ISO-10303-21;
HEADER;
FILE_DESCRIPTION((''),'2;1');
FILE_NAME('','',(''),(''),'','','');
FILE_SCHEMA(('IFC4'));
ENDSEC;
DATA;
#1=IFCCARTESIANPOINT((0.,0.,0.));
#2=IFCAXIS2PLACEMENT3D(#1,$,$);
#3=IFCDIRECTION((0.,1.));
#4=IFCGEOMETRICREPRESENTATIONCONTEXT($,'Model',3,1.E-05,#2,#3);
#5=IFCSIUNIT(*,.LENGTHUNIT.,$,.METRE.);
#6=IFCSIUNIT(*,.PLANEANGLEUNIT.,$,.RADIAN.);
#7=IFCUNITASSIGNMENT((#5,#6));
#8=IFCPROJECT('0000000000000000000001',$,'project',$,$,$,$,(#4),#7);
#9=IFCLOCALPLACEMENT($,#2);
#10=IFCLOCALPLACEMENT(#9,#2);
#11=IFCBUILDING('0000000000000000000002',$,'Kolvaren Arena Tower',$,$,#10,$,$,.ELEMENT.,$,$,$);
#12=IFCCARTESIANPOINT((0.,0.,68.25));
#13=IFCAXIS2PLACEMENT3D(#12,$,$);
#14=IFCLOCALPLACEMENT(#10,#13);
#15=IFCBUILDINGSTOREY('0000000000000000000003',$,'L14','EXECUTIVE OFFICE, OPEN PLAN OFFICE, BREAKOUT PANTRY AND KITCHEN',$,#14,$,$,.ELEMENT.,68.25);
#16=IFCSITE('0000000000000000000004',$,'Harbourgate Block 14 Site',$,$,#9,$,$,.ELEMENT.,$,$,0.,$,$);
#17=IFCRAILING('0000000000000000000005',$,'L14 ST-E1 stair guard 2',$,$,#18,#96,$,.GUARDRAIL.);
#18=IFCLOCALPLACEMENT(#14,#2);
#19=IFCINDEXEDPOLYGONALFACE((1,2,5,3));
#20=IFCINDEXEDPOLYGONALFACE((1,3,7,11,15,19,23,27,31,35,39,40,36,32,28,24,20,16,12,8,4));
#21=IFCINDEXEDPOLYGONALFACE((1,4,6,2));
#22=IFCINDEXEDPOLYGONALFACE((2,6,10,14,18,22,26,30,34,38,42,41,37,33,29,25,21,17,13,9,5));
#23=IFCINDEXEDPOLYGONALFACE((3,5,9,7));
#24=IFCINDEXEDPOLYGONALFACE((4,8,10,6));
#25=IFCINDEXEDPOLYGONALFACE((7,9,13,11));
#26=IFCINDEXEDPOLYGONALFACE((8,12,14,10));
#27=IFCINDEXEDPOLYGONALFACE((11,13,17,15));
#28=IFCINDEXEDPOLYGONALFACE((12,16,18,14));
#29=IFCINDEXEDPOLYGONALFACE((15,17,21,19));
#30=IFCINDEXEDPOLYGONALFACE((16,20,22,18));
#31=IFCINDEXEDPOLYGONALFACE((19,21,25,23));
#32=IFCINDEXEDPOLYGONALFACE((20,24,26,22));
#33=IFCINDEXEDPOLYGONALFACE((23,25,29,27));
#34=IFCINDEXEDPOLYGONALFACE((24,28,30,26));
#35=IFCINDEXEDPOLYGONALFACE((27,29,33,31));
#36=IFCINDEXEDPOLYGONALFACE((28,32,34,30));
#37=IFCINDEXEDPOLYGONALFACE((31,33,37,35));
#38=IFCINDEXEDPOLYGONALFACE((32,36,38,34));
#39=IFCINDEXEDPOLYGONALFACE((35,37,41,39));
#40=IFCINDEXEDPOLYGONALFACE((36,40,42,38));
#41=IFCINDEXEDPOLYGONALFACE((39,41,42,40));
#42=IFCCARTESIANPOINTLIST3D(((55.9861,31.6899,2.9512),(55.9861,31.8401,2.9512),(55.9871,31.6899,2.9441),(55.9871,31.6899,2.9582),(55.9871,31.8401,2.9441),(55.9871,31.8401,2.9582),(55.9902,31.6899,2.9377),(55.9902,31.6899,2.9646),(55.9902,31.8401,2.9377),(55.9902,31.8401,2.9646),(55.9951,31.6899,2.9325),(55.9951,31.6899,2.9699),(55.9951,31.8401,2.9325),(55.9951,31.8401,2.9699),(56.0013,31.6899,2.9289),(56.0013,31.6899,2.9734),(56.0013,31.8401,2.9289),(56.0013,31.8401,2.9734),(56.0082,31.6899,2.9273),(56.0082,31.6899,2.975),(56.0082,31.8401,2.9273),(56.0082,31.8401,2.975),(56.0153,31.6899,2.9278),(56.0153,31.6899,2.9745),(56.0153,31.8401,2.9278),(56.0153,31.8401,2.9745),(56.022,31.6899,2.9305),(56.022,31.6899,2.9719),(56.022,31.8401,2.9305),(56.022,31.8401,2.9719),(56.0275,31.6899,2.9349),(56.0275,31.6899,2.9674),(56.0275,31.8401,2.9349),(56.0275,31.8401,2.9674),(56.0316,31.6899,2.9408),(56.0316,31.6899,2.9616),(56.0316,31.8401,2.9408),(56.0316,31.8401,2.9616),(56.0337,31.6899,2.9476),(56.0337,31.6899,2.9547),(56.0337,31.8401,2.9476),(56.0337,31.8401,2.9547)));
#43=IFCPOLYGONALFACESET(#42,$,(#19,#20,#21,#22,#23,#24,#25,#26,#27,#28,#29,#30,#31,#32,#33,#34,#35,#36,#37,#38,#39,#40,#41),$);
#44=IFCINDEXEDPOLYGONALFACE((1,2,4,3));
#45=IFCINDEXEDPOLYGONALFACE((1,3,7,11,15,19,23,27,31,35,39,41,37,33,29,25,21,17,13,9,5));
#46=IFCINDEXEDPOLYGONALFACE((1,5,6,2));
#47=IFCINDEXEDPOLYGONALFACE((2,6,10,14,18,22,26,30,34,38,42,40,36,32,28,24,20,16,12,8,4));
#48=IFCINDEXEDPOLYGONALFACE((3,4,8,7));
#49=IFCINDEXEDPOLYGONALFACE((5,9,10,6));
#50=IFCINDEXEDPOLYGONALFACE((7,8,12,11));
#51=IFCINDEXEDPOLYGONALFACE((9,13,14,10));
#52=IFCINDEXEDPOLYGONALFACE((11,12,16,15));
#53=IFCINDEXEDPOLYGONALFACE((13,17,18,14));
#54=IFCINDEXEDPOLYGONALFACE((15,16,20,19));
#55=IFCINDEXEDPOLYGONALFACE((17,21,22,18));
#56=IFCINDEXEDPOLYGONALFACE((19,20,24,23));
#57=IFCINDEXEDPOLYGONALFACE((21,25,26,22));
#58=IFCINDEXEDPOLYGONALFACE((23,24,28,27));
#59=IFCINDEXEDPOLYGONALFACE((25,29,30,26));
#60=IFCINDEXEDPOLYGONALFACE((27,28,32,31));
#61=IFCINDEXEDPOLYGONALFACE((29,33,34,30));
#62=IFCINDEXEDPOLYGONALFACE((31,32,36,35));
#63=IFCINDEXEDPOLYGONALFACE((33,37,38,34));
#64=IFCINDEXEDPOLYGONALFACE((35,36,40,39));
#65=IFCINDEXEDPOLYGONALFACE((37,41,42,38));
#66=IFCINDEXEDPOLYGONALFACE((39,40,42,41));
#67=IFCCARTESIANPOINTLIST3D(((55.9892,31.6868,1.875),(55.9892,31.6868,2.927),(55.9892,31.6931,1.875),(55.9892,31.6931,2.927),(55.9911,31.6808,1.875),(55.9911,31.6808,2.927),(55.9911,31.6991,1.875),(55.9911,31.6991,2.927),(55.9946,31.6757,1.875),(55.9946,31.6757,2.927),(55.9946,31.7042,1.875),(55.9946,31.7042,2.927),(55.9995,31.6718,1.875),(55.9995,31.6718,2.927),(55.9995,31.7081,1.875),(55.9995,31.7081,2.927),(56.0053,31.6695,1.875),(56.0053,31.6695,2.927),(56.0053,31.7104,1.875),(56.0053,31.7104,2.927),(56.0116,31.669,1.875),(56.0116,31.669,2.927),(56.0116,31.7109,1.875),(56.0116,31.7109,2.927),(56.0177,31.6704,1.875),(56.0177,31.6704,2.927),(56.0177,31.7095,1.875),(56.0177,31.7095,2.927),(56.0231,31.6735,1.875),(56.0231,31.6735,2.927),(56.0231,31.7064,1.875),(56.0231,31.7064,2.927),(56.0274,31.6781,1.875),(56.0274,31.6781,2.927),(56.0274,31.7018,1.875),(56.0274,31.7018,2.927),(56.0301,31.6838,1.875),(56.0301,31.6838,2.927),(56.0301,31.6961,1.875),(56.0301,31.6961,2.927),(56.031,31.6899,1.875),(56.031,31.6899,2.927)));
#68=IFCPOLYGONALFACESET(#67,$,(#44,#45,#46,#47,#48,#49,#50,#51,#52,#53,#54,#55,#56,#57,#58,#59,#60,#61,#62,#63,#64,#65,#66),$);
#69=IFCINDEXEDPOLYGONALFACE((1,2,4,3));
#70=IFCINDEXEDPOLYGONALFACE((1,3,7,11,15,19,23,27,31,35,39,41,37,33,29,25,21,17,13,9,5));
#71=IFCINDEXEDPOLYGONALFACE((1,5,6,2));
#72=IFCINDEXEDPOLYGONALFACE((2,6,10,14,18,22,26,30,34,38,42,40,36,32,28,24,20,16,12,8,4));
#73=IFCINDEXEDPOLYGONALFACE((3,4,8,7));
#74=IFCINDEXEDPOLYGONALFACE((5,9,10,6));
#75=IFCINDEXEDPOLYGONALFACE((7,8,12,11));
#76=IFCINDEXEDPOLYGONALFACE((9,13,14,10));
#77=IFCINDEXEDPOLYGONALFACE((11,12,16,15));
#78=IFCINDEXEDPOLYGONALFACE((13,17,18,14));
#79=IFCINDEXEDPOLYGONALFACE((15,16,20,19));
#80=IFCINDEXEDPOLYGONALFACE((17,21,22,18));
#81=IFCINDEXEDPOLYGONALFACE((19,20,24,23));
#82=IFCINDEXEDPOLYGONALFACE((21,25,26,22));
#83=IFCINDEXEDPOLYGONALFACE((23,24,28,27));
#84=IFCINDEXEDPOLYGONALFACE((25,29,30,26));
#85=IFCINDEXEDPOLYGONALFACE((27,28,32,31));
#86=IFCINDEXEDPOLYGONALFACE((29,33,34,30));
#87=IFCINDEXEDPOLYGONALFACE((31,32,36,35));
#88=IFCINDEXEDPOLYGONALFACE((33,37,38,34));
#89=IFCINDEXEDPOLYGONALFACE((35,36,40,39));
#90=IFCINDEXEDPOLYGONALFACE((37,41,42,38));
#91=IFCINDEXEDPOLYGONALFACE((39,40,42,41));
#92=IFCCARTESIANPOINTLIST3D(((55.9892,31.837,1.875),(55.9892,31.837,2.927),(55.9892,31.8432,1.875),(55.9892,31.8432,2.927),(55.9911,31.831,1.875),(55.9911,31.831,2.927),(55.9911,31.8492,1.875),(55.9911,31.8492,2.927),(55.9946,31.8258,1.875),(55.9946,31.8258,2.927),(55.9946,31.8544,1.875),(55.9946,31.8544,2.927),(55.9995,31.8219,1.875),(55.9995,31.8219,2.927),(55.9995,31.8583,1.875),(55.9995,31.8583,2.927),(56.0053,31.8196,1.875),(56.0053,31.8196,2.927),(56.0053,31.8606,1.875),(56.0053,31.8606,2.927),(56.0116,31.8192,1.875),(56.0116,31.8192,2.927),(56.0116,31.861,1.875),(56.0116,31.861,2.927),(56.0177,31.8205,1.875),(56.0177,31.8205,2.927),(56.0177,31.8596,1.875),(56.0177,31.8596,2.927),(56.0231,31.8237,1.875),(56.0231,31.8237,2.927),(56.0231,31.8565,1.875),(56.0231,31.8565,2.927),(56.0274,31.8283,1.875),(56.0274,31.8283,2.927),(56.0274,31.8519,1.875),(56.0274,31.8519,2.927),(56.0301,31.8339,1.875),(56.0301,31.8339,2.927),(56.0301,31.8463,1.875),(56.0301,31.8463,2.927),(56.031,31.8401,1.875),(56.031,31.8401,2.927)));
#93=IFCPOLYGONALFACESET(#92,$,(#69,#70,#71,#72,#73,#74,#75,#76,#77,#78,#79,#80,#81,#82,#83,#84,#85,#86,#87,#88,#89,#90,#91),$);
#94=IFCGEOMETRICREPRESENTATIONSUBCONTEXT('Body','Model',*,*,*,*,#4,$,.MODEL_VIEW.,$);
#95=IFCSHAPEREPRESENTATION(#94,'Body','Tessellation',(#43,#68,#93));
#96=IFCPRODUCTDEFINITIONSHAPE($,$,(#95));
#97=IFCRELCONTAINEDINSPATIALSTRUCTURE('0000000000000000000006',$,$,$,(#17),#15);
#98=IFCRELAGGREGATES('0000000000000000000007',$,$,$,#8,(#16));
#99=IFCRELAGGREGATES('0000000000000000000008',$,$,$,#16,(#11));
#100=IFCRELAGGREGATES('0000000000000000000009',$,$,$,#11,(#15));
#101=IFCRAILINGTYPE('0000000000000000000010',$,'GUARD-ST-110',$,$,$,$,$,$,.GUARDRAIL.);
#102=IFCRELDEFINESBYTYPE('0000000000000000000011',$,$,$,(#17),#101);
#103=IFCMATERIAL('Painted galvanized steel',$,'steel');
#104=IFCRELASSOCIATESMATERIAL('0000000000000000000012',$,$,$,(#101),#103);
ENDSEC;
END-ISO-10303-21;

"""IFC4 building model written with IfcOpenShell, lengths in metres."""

from ifc_helpers import new_model, si_unit, direction, frame, origin, origin_2d, place, context, subcontext, project, spatial, circle, extrude, material, type_object, element, save


model = new_model("IFC4")

# Units and contexts
model_context = context("Model", 3, precision=1e-05, world=origin(), true_north=direction((0.0, 1.0)))
body_context = subcontext(model_context, "Body", "Model", "MODEL_VIEW")
ifc_project = project(units=[si_unit("LENGTHUNIT", "METRE"), si_unit("PLANEANGLEUNIT", "RADIAN")], contexts=[model_context])

# Site, building, storey
site_placement = place(None, origin())
site = spatial("IfcSite", under=ifc_project, at=site_placement, Name="Harbourgate Block 14 Site", CompositionType="ELEMENT", RefElevation=0.0)
building_placement = place(site_placement, origin())
building = spatial("IfcBuilding", under=site, at=building_placement, Name="Kolvaren Arena Tower", CompositionType="ELEMENT")
storey_placement = place(building_placement, frame((0.0, 0.0, 68.25)))
storey = spatial("IfcBuildingStorey", under=building, at=storey_placement, Name="L14", Description="EXECUTIVE OFFICE, OPEN PLAN OFFICE, BREAKOUT PANTRY AND KITCHEN", CompositionType="ELEMENT", Elevation=68.25)

# Railing
ifc_material_1 = material(Name="Painted galvanized steel", Category="steel")
railing_type_1 = type_object("IfcRailingType", Name="GUARD-ST-110", PredefinedType="GUARDRAIL", material=ifc_material_1)
railing_1_placement = place(storey_placement, frame((56.01, 31.6899, 1.875)))
element("IfcRailing", 1, at=railing_1_placement, inside=storey, type_object=railing_type_1, Name="L14 ST-E1 stair guard 2", PredefinedType="GUARDRAIL", context=body_context, shape_type="SweptSolid", body=[
    extrude(circle(Radius=0.0239, at=origin_2d()), frame((0.0, 0.0, 1.0762), z_axis=(0.0, 1.0, 0.0), x_axis=(-1.0, 0.0, 0.0)), (0.0, 0.0, 1.0), 0.1501),
    extrude(circle(Radius=0.021, at=origin_2d()), origin(), (0.0, 0.0, 1.0), 1.052),
    extrude(circle(Radius=0.021, at=origin_2d()), frame((0.0, 0.1501, 0.0)), (0.0, 0.0, 1.0), 1.052),
])

save(model, "model.ifc")
